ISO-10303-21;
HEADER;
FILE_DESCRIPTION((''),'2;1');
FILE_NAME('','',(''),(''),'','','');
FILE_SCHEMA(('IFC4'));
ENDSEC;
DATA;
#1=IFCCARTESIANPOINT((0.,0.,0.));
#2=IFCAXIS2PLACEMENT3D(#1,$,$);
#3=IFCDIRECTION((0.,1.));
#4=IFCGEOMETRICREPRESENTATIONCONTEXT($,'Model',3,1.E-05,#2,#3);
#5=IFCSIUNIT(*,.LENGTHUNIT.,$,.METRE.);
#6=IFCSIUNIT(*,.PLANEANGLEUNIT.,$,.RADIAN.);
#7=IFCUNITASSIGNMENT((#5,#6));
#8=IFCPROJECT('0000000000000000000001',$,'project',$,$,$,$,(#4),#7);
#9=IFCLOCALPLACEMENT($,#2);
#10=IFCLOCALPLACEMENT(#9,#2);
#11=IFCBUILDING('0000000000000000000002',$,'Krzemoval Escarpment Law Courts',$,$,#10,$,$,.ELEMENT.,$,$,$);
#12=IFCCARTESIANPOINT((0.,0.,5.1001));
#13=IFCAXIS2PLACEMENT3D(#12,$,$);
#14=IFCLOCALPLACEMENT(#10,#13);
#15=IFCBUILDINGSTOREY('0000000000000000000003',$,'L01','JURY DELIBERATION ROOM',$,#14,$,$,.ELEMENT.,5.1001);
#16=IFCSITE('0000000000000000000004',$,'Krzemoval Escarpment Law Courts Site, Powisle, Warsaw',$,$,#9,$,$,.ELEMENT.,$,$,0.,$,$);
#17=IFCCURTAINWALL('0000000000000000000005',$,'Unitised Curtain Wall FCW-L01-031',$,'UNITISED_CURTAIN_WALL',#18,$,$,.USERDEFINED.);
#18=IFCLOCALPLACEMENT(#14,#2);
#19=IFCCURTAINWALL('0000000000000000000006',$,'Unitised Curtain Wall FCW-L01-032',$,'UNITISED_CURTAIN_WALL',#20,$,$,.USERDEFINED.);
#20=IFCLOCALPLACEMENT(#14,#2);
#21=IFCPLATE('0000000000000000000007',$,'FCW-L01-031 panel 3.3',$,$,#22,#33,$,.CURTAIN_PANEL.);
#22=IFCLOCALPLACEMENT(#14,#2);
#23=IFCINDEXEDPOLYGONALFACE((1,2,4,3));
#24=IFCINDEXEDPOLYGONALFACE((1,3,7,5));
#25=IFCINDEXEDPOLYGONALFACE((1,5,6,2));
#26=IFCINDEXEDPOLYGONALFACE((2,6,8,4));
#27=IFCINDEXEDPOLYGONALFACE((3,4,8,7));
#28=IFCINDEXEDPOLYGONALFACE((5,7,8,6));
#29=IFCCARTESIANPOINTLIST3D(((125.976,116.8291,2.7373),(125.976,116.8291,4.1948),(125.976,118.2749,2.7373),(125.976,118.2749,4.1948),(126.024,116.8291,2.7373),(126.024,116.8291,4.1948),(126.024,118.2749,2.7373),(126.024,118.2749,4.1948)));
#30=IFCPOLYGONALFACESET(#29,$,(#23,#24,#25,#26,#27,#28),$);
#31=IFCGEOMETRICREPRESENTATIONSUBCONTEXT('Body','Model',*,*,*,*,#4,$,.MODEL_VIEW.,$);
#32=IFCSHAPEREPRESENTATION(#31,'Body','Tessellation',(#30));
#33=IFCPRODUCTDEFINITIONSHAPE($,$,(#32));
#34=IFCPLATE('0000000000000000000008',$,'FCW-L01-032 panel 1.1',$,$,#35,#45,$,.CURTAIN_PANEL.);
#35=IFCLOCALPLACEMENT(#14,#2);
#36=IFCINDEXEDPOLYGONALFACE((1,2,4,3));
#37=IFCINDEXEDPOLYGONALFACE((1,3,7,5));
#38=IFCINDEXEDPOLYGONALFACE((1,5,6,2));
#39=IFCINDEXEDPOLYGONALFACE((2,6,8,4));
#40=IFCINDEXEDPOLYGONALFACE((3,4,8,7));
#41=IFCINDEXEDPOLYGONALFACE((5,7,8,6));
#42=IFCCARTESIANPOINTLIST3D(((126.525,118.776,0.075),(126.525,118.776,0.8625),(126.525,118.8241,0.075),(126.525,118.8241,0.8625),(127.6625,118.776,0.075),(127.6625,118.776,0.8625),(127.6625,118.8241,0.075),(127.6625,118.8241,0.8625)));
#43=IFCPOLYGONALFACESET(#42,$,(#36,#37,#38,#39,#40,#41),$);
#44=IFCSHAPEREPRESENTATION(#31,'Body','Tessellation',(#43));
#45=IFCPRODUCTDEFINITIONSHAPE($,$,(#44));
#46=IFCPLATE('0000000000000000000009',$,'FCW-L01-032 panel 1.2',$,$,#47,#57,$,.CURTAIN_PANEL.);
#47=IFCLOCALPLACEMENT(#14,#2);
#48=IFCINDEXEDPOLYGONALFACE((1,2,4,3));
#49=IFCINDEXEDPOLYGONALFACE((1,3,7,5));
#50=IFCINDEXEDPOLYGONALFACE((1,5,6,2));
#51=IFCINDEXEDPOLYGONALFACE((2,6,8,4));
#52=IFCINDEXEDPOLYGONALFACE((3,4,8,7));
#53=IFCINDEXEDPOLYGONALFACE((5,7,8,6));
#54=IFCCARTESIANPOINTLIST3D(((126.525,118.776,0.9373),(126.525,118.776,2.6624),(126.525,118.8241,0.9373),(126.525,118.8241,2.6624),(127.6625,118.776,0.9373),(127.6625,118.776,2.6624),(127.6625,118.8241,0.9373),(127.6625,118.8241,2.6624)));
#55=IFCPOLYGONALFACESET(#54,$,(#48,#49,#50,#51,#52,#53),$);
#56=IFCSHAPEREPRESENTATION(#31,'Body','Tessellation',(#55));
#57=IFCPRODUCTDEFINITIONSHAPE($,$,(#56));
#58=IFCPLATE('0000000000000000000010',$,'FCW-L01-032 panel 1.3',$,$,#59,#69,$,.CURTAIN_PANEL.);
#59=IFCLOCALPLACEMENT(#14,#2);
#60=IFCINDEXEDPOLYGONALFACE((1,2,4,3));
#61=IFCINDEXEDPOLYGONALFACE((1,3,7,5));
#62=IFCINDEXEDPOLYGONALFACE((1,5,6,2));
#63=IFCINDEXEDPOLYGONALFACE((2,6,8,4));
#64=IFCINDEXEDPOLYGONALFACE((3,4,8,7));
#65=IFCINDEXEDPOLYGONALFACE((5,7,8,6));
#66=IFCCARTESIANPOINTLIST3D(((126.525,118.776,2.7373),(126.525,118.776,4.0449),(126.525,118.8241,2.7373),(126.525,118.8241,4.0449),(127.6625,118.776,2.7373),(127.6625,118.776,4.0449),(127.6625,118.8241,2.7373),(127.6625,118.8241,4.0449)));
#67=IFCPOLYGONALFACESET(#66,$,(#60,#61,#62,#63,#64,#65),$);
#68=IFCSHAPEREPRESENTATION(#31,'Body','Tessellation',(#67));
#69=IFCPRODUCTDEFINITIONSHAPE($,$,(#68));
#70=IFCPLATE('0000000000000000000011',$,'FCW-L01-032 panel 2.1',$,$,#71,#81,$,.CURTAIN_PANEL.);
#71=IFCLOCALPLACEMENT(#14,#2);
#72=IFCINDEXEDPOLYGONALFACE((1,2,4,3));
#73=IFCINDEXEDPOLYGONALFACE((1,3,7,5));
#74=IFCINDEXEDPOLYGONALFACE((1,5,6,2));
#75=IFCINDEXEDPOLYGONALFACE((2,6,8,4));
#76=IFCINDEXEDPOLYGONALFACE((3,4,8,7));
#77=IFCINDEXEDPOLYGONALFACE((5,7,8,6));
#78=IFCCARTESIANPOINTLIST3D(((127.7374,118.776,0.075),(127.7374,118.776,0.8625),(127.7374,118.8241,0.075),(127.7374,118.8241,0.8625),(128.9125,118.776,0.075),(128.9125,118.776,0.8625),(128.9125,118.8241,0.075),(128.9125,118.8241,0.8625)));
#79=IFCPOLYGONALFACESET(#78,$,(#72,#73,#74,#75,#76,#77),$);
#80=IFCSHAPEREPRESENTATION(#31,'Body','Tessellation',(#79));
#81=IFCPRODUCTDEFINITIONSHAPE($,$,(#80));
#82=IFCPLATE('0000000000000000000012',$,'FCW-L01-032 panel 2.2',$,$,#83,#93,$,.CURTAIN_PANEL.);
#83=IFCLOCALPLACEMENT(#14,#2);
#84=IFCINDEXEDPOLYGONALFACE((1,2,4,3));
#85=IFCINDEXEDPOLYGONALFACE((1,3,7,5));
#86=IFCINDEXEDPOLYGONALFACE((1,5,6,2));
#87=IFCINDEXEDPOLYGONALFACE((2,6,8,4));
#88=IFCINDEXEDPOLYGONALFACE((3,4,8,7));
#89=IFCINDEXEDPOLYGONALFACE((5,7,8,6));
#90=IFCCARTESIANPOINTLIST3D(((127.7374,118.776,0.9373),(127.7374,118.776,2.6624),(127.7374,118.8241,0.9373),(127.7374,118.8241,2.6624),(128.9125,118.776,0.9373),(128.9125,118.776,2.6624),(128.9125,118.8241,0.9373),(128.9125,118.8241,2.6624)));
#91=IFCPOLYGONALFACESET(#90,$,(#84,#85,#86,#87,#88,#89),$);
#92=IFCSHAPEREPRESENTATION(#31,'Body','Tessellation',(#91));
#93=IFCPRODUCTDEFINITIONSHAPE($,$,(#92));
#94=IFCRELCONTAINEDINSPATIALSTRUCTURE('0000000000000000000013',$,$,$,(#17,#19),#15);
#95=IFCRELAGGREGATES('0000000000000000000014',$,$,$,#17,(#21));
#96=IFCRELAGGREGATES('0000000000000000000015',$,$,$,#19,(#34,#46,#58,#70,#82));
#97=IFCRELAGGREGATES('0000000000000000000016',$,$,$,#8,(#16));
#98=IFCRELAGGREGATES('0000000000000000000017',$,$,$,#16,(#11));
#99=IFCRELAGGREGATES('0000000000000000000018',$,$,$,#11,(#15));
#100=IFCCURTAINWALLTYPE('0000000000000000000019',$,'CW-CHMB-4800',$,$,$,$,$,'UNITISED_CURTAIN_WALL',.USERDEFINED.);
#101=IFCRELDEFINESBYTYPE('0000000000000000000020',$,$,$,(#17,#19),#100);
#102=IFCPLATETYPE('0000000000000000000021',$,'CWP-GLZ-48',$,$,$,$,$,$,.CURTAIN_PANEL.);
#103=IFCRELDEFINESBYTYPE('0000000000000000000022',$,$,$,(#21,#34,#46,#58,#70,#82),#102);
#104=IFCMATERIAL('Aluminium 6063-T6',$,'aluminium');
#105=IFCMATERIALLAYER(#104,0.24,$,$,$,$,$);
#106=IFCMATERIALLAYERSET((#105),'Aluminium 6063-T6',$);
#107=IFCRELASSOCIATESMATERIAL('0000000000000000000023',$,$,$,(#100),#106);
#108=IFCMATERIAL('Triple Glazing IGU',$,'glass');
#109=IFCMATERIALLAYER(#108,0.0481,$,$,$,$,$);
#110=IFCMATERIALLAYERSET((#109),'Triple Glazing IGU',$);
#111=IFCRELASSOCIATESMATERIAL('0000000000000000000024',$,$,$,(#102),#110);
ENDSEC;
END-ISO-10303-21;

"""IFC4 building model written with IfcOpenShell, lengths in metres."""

from ifc_helpers import new_model, si_unit, direction, frame, origin, origin_2d, place, context, subcontext, project, spatial, rectangle, extrude, material, layer, layer_set, type_object, element, aggregate, save


model = new_model("IFC4")

# Units and contexts
model_context = context("Model", 3, precision=1e-05, world=origin(), true_north=direction((0.0, 1.0)))
body_context = subcontext(model_context, "Body", "Model", "MODEL_VIEW")
ifc_project = project(units=[si_unit("LENGTHUNIT", "METRE"), si_unit("PLANEANGLEUNIT", "RADIAN")], contexts=[model_context])

# Site, building, storey
site_placement = place(None, origin())
site = spatial("IfcSite", under=ifc_project, at=site_placement, Name="Krzemoval Escarpment Law Courts Site, Powisle, Warsaw", CompositionType="ELEMENT", RefElevation=0.0)
building_placement = place(site_placement, origin())
building = spatial("IfcBuilding", under=site, at=building_placement, Name="Krzemoval Escarpment Law Courts", CompositionType="ELEMENT")
storey_placement = place(building_placement, frame((0.0, 0.0, 5.1001)))
storey = spatial("IfcBuildingStorey", under=building, at=storey_placement, Name="L01", Description="JURY DELIBERATION ROOM", CompositionType="ELEMENT", Elevation=5.1001)

# Curtain walls
ifc_material_1 = material(Name="Aluminium 6063-T6", Category="aluminium")
ifc_layer_1 = layer(ifc_material_1, 0.24)
ifc_layer_set_1 = layer_set([ifc_layer_1], Name="Aluminium 6063-T6")
curtain_wall_type = type_object("IfcCurtainWallType", Name="CW-CHMB-4800", ElementType="UNITISED_CURTAIN_WALL", PredefinedType="USERDEFINED", material=ifc_layer_set_1)
curtain_wall_1_placement = place(storey_placement, origin())
curtain_wall_1 = element("IfcCurtainWall", 1, at=curtain_wall_1_placement, inside=storey, type_object=curtain_wall_type, Name="Unitised Curtain Wall FCW-L01-031", ObjectType="UNITISED_CURTAIN_WALL", PredefinedType="USERDEFINED")
curtain_wall_2_placement = place(storey_placement, origin())
curtain_wall_2 = element("IfcCurtainWall", 2, at=curtain_wall_2_placement, inside=storey, type_object=curtain_wall_type, Name="Unitised Curtain Wall FCW-L01-032", ObjectType="UNITISED_CURTAIN_WALL", PredefinedType="USERDEFINED")

# Plates
ifc_material_2 = material(Name="Triple Glazing IGU", Category="glass")
ifc_layer_2 = layer(ifc_material_2, 0.0481)
ifc_layer_set_2 = layer_set([ifc_layer_2], Name="Triple Glazing IGU")
plate_type = type_object("IfcPlateType", Name="CWP-GLZ-48", PredefinedType="CURTAIN_PANEL", material=ifc_layer_set_2)
plate_1_placement = place(storey_placement, frame((126.0, 117.552, 2.7373), z_axis=(0.0, 0.0, 1.0), x_axis=(0.0, 1.0, 0.0)))
plate_1 = element("IfcPlate", 3, at=plate_1_placement, type_object=plate_type, Name="FCW-L01-031 panel 3.3", PredefinedType="CURTAIN_PANEL", context=body_context, shape_type="SweptSolid", body=[
    extrude(rectangle(XDim=1.4458, YDim=0.0481, at=origin_2d()), origin(), (0.0, 0.0, 1.0), 1.4575),
])
aggregate(curtain_wall_1, [plate_1])
plate_2_placement = place(storey_placement, frame((127.0938, 118.8, 0.075), z_axis=(0.0, 0.0, 1.0), x_axis=(1.0, 0.0, 0.0)))
plate_2 = element("IfcPlate", 4, at=plate_2_placement, type_object=plate_type, Name="FCW-L01-032 panel 1.1", PredefinedType="CURTAIN_PANEL", context=body_context, shape_type="SweptSolid", body=[
    extrude(rectangle(XDim=1.1375, YDim=0.0481, at=origin_2d()), origin(), (0.0, 0.0, 1.0), 0.7876),
])
plate_3_placement = place(storey_placement, frame((127.0938, 118.8, 0.9373), z_axis=(0.0, 0.0, 1.0), x_axis=(1.0, 0.0, 0.0)))
plate_3 = element("IfcPlate", 5, at=plate_3_placement, type_object=plate_type, Name="FCW-L01-032 panel 1.2", PredefinedType="CURTAIN_PANEL", context=body_context, shape_type="SweptSolid", body=[
    extrude(rectangle(XDim=1.1375, YDim=0.0481, at=origin_2d()), origin(), (0.0, 0.0, 1.0), 1.7251),
])
plate_4_placement = place(storey_placement, frame((127.0938, 118.8, 2.7373), z_axis=(0.0, 0.0, 1.0), x_axis=(1.0, 0.0, 0.0)))
plate_4 = element("IfcPlate", 6, at=plate_4_placement, type_object=plate_type, Name="FCW-L01-032 panel 1.3", PredefinedType="CURTAIN_PANEL", context=body_context, shape_type="SweptSolid", body=[
    extrude(rectangle(XDim=1.1375, YDim=0.0481, at=origin_2d()), origin(), (0.0, 0.0, 1.0), 1.3076),
])
plate_5_placement = place(storey_placement, frame((128.325, 118.8, 0.075), z_axis=(0.0, 0.0, 1.0), x_axis=(1.0, 0.0, 0.0)))
plate_5 = element("IfcPlate", 7, at=plate_5_placement, type_object=plate_type, Name="FCW-L01-032 panel 2.1", PredefinedType="CURTAIN_PANEL", context=body_context, shape_type="SweptSolid", body=[
    extrude(rectangle(XDim=1.175, YDim=0.0481, at=origin_2d()), origin(), (0.0, 0.0, 1.0), 0.7876),
])
plate_6_placement = place(storey_placement, frame((128.325, 118.8, 0.9373), z_axis=(0.0, 0.0, 1.0), x_axis=(1.0, 0.0, 0.0)))
plate_6 = element("IfcPlate", 8, at=plate_6_placement, type_object=plate_type, Name="FCW-L01-032 panel 2.2", PredefinedType="CURTAIN_PANEL", context=body_context, shape_type="SweptSolid", body=[
    extrude(rectangle(XDim=1.175, YDim=0.0481, at=origin_2d()), origin(), (0.0, 0.0, 1.0), 1.7251),
])
aggregate(curtain_wall_2, [plate_2, plate_3, plate_4, plate_5, plate_6])

save(model, "model.ifc")
